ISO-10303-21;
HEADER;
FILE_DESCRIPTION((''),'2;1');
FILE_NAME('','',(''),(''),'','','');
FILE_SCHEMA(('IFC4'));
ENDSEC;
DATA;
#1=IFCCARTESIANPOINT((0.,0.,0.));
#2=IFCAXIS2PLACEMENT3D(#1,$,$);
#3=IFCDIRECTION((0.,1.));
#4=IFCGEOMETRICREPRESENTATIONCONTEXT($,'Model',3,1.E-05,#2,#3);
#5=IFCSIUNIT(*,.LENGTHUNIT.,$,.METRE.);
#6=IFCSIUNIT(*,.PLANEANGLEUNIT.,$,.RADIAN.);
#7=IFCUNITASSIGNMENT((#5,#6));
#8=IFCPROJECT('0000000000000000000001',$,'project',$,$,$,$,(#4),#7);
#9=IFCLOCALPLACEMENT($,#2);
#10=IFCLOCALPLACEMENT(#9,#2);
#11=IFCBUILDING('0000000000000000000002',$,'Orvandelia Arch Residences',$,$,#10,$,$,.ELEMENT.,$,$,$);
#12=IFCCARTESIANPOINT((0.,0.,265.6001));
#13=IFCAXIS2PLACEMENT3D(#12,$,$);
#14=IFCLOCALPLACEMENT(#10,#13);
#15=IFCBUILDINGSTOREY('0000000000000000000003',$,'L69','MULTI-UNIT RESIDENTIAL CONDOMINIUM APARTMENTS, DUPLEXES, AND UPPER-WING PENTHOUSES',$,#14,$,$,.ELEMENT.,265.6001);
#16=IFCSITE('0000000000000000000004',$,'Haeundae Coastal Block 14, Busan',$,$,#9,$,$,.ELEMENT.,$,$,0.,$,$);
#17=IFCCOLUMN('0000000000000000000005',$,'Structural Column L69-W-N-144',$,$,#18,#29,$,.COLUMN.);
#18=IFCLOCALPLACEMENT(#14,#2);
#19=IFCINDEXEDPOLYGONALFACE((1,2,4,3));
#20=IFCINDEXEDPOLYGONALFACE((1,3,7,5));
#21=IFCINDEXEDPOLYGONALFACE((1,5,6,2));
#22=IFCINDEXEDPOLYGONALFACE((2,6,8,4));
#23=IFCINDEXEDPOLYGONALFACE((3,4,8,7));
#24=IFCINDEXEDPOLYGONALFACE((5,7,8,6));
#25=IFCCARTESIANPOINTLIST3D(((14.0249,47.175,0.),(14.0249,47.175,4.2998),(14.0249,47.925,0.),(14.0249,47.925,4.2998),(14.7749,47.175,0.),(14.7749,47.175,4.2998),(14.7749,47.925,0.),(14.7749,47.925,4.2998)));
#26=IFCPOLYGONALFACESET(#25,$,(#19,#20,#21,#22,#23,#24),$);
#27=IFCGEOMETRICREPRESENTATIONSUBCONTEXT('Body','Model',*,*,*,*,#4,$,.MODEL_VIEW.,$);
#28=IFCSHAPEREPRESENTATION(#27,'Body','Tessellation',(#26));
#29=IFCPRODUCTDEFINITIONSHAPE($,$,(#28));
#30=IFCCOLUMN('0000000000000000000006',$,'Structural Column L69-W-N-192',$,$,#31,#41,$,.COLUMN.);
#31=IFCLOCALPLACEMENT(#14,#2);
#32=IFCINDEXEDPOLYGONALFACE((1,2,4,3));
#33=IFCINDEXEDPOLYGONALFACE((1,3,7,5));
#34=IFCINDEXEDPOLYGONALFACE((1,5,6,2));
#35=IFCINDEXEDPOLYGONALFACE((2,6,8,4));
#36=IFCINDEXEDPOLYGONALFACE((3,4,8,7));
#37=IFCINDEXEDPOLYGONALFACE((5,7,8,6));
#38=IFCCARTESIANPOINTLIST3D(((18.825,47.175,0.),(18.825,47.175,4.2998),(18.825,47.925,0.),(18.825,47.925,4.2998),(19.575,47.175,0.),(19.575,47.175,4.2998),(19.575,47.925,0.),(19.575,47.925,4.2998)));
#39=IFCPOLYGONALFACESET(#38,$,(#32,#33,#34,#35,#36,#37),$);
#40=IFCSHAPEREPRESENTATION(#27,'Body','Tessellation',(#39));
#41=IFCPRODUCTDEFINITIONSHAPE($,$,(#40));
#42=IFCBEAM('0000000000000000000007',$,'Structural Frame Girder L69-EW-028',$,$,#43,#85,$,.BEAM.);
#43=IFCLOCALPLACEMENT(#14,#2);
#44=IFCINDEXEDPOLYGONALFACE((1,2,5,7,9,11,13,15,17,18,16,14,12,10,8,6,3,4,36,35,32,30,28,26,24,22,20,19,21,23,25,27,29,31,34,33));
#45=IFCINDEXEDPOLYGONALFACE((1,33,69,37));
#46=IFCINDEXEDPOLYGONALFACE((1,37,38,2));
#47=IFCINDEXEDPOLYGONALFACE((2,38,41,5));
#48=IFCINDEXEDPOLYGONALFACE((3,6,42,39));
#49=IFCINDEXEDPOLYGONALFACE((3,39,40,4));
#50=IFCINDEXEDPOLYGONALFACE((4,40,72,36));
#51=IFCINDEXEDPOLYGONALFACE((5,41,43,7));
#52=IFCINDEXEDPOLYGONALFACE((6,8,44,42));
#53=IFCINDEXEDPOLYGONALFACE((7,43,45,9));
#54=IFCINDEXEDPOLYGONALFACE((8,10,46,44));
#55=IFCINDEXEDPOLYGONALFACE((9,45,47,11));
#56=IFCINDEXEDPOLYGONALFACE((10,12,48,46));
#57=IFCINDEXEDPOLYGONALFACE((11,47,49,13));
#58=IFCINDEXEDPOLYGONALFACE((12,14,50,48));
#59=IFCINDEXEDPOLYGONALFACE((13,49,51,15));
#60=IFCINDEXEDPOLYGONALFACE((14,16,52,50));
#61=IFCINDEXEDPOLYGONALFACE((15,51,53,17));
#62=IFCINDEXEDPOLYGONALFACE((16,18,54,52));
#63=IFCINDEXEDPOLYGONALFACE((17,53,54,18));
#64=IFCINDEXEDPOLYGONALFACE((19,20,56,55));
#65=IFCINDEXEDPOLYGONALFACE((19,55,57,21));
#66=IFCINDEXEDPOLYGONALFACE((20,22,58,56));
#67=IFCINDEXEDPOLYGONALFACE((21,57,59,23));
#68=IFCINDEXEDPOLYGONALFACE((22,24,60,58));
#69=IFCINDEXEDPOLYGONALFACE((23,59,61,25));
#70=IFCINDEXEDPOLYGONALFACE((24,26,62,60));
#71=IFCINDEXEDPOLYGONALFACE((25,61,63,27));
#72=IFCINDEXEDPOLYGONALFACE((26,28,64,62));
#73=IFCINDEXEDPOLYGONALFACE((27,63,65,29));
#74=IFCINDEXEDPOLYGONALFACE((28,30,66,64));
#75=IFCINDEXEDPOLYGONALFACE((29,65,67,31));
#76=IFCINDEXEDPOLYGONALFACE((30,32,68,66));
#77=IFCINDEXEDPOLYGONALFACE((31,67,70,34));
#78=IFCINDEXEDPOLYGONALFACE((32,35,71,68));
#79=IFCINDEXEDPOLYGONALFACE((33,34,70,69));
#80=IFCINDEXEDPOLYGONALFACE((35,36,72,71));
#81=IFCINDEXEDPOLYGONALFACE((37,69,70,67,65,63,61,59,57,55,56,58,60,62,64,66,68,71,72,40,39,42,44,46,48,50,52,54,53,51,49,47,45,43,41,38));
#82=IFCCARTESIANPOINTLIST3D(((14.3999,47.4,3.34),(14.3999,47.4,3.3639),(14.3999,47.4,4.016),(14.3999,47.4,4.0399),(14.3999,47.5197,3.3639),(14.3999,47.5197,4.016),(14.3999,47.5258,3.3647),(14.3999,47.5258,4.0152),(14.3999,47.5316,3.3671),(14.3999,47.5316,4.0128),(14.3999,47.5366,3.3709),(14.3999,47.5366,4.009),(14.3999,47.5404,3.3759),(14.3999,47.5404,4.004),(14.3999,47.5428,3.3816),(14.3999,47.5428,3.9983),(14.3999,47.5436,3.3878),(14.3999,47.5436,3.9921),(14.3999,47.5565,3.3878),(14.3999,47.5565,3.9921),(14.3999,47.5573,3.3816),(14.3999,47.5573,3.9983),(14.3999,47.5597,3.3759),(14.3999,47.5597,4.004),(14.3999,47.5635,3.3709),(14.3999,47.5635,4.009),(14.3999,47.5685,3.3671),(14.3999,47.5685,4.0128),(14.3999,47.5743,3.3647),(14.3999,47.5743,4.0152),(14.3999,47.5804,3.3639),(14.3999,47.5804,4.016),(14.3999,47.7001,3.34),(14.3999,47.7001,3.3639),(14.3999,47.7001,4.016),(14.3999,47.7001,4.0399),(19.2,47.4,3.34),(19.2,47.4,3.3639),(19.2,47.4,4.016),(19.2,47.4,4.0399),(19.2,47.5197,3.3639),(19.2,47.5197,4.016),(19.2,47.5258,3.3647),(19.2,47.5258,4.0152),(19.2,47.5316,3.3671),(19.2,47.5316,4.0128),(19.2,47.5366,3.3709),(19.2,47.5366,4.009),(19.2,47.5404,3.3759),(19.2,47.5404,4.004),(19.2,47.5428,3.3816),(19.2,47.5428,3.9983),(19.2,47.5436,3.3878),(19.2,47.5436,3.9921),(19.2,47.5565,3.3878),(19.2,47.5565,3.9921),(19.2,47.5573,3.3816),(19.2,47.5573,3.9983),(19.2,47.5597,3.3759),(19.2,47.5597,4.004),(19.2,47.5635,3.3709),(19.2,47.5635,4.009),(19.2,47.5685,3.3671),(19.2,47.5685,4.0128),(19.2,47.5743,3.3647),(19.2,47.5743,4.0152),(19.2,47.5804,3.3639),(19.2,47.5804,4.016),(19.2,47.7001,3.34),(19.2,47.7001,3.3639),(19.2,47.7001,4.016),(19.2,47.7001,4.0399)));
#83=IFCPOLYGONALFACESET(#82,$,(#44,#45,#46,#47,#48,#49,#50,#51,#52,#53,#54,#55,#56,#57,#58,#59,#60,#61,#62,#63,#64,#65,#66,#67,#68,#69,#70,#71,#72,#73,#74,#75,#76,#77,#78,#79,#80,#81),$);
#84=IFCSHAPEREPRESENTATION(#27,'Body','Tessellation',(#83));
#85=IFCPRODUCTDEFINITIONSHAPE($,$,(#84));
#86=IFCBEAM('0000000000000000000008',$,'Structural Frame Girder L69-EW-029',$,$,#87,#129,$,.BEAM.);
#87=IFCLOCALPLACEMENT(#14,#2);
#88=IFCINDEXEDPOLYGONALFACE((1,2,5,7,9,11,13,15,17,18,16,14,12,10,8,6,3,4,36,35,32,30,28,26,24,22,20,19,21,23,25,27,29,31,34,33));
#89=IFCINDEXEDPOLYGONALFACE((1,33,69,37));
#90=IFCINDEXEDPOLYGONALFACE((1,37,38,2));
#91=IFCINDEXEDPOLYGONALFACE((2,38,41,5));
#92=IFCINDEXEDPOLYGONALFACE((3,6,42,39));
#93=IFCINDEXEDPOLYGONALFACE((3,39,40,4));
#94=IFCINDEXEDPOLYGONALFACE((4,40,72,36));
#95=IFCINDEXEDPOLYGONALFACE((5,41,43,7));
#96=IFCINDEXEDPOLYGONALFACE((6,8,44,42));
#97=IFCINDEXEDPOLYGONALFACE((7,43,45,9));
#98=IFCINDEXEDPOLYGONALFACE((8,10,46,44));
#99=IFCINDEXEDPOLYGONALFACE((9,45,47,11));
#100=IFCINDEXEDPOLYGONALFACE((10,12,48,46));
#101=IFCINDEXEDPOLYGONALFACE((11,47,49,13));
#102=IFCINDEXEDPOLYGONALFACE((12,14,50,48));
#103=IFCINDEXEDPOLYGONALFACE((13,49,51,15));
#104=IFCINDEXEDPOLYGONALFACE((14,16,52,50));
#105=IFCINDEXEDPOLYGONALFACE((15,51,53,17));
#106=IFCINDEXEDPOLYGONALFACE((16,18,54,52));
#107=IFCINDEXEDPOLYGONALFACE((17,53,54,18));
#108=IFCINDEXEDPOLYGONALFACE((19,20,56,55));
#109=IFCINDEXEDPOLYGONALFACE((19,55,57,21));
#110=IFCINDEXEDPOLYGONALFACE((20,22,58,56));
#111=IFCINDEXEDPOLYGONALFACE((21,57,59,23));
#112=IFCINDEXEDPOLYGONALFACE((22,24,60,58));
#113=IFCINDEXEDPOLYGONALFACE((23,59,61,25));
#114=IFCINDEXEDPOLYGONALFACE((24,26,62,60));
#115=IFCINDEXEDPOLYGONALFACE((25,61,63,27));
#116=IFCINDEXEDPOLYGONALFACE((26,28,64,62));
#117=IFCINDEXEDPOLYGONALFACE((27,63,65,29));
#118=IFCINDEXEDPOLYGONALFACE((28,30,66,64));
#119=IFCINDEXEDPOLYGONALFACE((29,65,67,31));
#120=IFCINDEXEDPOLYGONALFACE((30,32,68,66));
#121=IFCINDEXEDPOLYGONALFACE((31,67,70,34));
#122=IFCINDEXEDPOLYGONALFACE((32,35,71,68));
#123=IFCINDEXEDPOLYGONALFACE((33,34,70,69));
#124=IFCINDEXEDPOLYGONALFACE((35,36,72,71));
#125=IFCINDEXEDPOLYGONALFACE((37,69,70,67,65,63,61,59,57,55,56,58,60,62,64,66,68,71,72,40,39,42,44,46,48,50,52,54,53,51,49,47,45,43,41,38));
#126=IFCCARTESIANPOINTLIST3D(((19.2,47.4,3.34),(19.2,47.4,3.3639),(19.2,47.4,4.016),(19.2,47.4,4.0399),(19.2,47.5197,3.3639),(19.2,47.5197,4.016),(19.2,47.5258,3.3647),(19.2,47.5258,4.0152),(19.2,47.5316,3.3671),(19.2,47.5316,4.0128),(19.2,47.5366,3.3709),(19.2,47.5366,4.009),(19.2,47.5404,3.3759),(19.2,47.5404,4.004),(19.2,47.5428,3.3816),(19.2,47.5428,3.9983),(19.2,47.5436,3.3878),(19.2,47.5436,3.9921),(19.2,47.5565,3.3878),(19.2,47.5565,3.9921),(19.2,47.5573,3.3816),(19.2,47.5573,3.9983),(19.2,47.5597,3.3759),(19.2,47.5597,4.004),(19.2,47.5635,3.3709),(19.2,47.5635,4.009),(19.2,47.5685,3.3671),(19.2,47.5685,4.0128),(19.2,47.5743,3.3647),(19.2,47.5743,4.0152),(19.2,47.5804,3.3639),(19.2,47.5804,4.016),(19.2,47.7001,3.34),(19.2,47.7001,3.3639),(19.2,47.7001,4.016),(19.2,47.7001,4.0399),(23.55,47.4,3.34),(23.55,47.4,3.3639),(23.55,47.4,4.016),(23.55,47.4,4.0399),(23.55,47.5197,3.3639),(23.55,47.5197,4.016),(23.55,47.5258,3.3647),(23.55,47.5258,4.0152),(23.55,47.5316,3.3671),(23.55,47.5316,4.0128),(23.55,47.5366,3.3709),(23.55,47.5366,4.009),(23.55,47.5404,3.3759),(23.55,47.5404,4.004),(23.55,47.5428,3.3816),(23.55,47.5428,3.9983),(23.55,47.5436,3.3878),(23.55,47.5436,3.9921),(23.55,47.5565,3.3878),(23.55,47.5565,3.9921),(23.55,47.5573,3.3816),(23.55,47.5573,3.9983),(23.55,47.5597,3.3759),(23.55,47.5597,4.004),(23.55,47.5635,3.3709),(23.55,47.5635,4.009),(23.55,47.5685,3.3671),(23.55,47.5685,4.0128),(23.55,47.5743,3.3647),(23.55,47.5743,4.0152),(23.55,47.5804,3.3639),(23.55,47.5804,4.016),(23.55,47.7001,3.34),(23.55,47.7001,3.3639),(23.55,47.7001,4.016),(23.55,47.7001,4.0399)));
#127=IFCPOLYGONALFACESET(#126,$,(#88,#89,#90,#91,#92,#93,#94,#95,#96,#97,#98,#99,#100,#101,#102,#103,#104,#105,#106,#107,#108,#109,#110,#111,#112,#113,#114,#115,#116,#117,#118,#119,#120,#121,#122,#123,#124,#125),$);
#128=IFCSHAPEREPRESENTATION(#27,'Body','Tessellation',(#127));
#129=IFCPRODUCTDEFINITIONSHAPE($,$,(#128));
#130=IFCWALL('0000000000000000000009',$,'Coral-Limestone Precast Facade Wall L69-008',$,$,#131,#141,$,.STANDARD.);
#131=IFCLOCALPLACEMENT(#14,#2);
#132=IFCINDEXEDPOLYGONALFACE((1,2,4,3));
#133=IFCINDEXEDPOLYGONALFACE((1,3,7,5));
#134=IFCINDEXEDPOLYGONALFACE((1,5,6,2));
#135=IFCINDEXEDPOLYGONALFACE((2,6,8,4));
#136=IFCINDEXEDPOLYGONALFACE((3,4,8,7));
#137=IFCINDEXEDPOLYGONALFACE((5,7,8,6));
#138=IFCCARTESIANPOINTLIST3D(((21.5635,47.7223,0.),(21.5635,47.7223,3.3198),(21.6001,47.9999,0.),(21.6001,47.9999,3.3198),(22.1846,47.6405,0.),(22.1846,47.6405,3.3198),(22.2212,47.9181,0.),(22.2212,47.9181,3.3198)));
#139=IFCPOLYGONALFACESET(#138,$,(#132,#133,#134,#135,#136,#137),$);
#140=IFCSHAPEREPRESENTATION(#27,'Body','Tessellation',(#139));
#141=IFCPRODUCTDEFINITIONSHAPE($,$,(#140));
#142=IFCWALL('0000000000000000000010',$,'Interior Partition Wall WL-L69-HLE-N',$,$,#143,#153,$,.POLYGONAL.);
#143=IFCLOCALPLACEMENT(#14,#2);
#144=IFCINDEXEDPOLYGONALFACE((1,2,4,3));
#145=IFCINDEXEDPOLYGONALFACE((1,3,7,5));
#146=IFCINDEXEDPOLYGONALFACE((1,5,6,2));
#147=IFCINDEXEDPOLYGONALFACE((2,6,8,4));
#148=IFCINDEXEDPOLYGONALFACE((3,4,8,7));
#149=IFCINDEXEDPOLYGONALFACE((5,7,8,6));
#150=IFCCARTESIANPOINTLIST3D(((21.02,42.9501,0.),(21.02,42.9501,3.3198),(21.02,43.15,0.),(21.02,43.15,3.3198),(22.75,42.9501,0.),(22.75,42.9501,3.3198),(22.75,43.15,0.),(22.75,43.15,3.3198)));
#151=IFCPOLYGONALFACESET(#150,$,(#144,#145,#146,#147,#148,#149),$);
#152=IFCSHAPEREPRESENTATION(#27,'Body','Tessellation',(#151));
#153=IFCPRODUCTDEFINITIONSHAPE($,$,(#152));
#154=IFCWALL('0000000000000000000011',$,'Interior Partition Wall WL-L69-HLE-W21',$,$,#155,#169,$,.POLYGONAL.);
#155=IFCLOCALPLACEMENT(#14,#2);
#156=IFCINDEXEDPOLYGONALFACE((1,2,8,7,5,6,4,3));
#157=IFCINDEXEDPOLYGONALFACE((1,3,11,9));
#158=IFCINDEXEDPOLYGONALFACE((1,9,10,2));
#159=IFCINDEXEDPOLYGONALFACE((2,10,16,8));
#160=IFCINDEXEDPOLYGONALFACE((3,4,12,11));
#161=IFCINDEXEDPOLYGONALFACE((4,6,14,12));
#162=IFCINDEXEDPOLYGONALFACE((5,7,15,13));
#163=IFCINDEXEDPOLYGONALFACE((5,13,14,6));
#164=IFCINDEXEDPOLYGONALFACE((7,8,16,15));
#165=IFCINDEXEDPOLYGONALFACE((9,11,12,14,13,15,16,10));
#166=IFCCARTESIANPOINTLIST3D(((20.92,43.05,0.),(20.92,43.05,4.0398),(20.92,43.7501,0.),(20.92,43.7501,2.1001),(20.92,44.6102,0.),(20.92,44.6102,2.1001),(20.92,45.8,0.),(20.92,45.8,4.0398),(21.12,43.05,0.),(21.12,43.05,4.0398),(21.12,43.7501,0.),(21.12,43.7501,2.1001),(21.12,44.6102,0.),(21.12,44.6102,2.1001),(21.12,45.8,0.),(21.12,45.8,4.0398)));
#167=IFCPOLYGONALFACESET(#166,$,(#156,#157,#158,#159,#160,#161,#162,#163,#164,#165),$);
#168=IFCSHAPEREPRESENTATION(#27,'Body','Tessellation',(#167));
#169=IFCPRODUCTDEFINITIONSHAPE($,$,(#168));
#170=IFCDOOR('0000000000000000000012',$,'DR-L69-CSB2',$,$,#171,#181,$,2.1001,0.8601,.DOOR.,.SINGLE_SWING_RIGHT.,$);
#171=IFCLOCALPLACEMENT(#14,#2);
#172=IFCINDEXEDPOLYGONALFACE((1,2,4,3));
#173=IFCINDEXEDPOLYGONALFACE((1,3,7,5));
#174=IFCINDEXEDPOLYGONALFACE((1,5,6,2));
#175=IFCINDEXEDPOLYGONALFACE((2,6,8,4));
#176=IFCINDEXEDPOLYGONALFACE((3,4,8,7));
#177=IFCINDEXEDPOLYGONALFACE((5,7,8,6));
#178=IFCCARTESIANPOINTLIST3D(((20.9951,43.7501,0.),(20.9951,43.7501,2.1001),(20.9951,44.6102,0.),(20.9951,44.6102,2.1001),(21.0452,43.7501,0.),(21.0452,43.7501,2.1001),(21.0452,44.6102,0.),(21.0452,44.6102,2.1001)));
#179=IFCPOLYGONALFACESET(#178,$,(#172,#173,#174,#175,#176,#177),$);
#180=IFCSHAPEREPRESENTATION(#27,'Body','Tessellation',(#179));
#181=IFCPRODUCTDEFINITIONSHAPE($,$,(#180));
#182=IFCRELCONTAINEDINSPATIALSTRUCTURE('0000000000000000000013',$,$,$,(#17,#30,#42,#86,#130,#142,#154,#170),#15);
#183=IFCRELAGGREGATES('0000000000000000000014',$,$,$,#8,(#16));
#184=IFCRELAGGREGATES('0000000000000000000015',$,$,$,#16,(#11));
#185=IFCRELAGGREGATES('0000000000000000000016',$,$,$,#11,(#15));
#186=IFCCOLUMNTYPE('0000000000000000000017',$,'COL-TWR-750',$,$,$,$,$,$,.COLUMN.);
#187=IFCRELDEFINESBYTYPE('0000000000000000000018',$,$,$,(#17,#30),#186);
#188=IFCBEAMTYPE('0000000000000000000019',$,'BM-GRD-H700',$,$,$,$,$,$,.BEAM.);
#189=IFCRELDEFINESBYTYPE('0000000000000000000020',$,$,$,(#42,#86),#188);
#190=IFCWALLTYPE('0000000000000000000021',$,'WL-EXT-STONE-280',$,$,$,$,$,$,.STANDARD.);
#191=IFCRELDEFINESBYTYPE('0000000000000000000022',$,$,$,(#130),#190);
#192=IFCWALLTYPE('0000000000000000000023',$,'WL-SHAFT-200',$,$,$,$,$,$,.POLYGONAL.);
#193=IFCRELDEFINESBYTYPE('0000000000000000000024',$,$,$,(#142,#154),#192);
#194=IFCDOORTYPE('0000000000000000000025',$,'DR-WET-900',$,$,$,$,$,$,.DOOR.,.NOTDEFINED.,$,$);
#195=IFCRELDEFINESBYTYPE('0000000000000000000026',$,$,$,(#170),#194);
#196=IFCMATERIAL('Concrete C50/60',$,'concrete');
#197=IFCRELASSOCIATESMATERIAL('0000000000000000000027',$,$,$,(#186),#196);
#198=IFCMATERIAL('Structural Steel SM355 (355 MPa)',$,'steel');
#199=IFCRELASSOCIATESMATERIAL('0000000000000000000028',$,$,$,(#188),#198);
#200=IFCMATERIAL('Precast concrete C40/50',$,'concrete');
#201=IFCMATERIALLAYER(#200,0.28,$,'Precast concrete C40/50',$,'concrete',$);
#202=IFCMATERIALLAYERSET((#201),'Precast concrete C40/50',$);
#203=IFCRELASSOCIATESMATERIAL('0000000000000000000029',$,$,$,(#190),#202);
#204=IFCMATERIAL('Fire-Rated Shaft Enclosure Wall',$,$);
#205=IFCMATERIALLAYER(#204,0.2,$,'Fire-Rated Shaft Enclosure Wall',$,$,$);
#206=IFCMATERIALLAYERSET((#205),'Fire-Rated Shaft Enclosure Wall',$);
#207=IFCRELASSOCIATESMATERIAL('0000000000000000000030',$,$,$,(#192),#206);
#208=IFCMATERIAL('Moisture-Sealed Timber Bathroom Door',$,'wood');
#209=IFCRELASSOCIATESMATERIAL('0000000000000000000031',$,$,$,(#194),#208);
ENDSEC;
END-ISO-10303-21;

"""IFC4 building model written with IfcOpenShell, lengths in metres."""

from ifc_helpers import new_model, si_unit, direction, frame, frame_2d, origin, origin_2d, place, context, subcontext, project, spatial, rectangle, i_section, extrude, material, layer, layer_set, material_profile, profile_set, type_object, element, fill, save


model = new_model("IFC4")

# Units and contexts
model_context = context("Model", 3, precision=1e-05, world=origin(), true_north=direction((0.0, 1.0)))
body_context = subcontext(model_context, "Body", "Model", "MODEL_VIEW")
ifc_project = project(units=[si_unit("LENGTHUNIT", "METRE"), si_unit("PLANEANGLEUNIT", "RADIAN")], contexts=[model_context])

# Site, building, storey
site_placement = place(None, origin())
site = spatial("IfcSite", under=ifc_project, at=site_placement, Name="Haeundae Coastal Block 14, Busan", CompositionType="ELEMENT", RefElevation=0.0)
building_placement = place(site_placement, origin())
building = spatial("IfcBuilding", under=site, at=building_placement, Name="Orvandelia Arch Residences", CompositionType="ELEMENT")
storey_placement = place(building_placement, frame((0.0, 0.0, 265.6001)))
storey = spatial("IfcBuildingStorey", under=building, at=storey_placement, Name="L69", Description="MULTI-UNIT RESIDENTIAL CONDOMINIUM APARTMENTS, DUPLEXES, AND UPPER-WING PENTHOUSES", CompositionType="ELEMENT", Elevation=265.6001)

# Columns
ifc_material_1 = material(Name="Concrete C50/60", Category="concrete")
ifc_material_profile_1 = material_profile(ifc_material_1, rectangle(XDim=0.75, YDim=0.75, at=origin_2d()), Name="Concrete C50/60", Category="concrete")
ifc_profile_set_1 = profile_set([ifc_material_profile_1], Name="Concrete C50/60")
column_type = type_object("IfcColumnType", Name="COL-TWR-750", PredefinedType="COLUMN", material=ifc_profile_set_1)
for number, where, z_axis, x_axis, name in (
    (1, (14.3999, 47.55, 0.0), (0.0, 0.0, 1.0), (1.0, 0.0, 0.0), "Structural Column L69-W-N-144"),
    (2, (19.2, 47.55, 0.0), (0.0, 0.0, 1.0), (1.0, 0.0, 0.0), "Structural Column L69-W-N-192"),
):
    element("IfcColumn", number, at=place(storey_placement, frame(where, z_axis=z_axis, x_axis=x_axis)), inside=storey, type_object=column_type, Name=name, PredefinedType="COLUMN", context=body_context, shape_type="SweptSolid", body=[
        extrude(rectangle(XDim=0.75, YDim=0.75, at=origin_2d()), origin(), (0.0, 0.0, 1.0), 4.2998),
    ])

# Beams
ifc_material_2 = material(Name="Structural Steel SM355 (355 MPa)", Category="steel")
ifc_material_profile_2 = material_profile(ifc_material_2, i_section(OverallWidth=0.3, OverallDepth=0.7, WebThickness=0.0129, FlangeThickness=0.0239, FilletRadius=0.0239, at=origin_2d()), Name="Structural Steel SM355 (355 MPa)", Category="steel")
ifc_profile_set_2 = profile_set([ifc_material_profile_2], Name="Structural Steel SM355 (355 MPa)")
beam_type = type_object("IfcBeamType", Name="BM-GRD-H700", PredefinedType="BEAM", material=ifc_profile_set_2)
beam_1_placement = place(storey_placement, frame((14.3999, 47.55, 3.6899), z_axis=(1.0, 0.0, 0.0), x_axis=(0.0, 1.0, 0.0)))
element("IfcBeam", 3, at=beam_1_placement, inside=storey, type_object=beam_type, Name="Structural Frame Girder L69-EW-028", PredefinedType="BEAM", context=body_context, shape_type="SweptSolid", body=[
    extrude(i_section(OverallWidth=0.3, OverallDepth=0.7, WebThickness=0.0129, FlangeThickness=0.0239, FilletRadius=0.0239, at=origin_2d()), origin(), (0.0, 0.0, 1.0), 4.8),
])
beam_2_placement = place(storey_placement, frame((19.2, 47.55, 3.6899), z_axis=(1.0, 0.0, 0.0), x_axis=(0.0, 1.0, 0.0)))
element("IfcBeam", 4, at=beam_2_placement, inside=storey, type_object=beam_type, Name="Structural Frame Girder L69-EW-029", PredefinedType="BEAM", context=body_context, shape_type="SweptSolid", body=[
    extrude(i_section(OverallWidth=0.3, OverallDepth=0.7, WebThickness=0.0129, FlangeThickness=0.0239, FilletRadius=0.0239, at=origin_2d()), origin(), (0.0, 0.0, 1.0), 4.3501),
])

# Walls
ifc_material_3 = material(Name="Precast concrete C40/50", Category="concrete")
ifc_layer_1 = layer(ifc_material_3, 0.28, Name="Precast concrete C40/50", Category="concrete")
ifc_layer_set_1 = layer_set([ifc_layer_1], Name="Precast concrete C40/50")
wall_type_1 = type_object("IfcWallType", Name="WL-EXT-STONE-280", PredefinedType="STANDARD", material=ifc_layer_set_1)
wall_1_placement = place(storey_placement, frame((21.5818, 47.8611, 0.0), z_axis=(0.0, 0.0, 1.0), x_axis=(0.991441, -0.130555, 0.0)))
element("IfcWall", 5, at=wall_1_placement, inside=storey, type_object=wall_type_1, Name="Coral-Limestone Precast Facade Wall L69-008", PredefinedType="STANDARD", context=body_context, shape_type="SweptSolid", body=[
    extrude(rectangle(XDim=0.6265, YDim=0.28, at=frame_2d((0.3132, 0.0))), origin(), (0.0, 0.0, 1.0), 3.3198),
])
ifc_material_4 = material(Name="Fire-Rated Shaft Enclosure Wall")
ifc_layer_2 = layer(ifc_material_4, 0.2, Name="Fire-Rated Shaft Enclosure Wall")
ifc_layer_set_2 = layer_set([ifc_layer_2], Name="Fire-Rated Shaft Enclosure Wall")
wall_type_2 = type_object("IfcWallType", Name="WL-SHAFT-200", PredefinedType="POLYGONAL", material=ifc_layer_set_2)
wall_2_placement = place(storey_placement, frame((21.02, 43.05, 0.0), z_axis=(0.0, 0.0, 1.0), x_axis=(1.0, 0.0, 0.0)))
element("IfcWall", 6, at=wall_2_placement, inside=storey, type_object=wall_type_2, Name="Interior Partition Wall WL-L69-HLE-N", PredefinedType="POLYGONAL", context=body_context, shape_type="SweptSolid", body=[
    extrude(rectangle(XDim=1.73, YDim=0.2, at=frame_2d((0.865, 0.0))), origin(), (0.0, 0.0, 1.0), 3.3198),
])

# Wall, opening, door
wall_3_placement = place(storey_placement, frame((21.02, 43.05, 0.0), z_axis=(0.0, 0.0, 1.0), x_axis=(0.0, 1.0, 0.0)))
wall_3 = element("IfcWall", 7, at=wall_3_placement, inside=storey, type_object=wall_type_2, Name="Interior Partition Wall WL-L69-HLE-W21", PredefinedType="POLYGONAL", context=body_context, shape_type="SweptSolid", body=[
    extrude(rectangle(XDim=2.75, YDim=0.2, at=frame_2d((1.375, 0.0))), origin(), (0.0, 0.0, 1.0), 4.0398),
])
opening_1_placement = place(wall_3_placement, frame((0.7, 0.0, 0.0)))
opening_1 = element("IfcOpeningElement", 8, at=opening_1_placement, cuts=wall_3, PredefinedType="OPENING", context=body_context, shape_type="SweptSolid", body=[
    extrude(rectangle(XDim=0.8601, YDim=2.1001, at=frame_2d((0.4302, 1.05))), frame((0.0, 0.1099, 0.0), z_axis=(0.0, -1.0, 0.0), x_axis=(1.0, 0.0, 0.0)), (0.0, 0.0, 1.0), 0.22),
])
ifc_material_5 = material(Name="Moisture-Sealed Timber Bathroom Door", Category="wood")
door_type_1 = type_object("IfcDoorType", Name="DR-WET-900", OperationType="NOTDEFINED", PredefinedType="DOOR", material=ifc_material_5)
door_1_placement = place(opening_1_placement, origin())
door_1 = element("IfcDoor", 9, at=door_1_placement, inside=storey, type_object=door_type_1, Name="DR-L69-CSB2", OperationType="SINGLE_SWING_RIGHT", OverallHeight=2.1001, OverallWidth=0.8601, PredefinedType="DOOR", context=body_context, shape_type="SweptSolid", body=[
    extrude(rectangle(XDim=0.8601, YDim=2.1001, at=frame_2d((0.4302, 1.05))), frame((0.0, 0.0249, 0.0), z_axis=(0.0, -1.0, 0.0), x_axis=(1.0, 0.0, 0.0)), (0.0, 0.0, 1.0), 0.05),
])
fill(opening_1, door_1)

save(model, "model.ifc")
